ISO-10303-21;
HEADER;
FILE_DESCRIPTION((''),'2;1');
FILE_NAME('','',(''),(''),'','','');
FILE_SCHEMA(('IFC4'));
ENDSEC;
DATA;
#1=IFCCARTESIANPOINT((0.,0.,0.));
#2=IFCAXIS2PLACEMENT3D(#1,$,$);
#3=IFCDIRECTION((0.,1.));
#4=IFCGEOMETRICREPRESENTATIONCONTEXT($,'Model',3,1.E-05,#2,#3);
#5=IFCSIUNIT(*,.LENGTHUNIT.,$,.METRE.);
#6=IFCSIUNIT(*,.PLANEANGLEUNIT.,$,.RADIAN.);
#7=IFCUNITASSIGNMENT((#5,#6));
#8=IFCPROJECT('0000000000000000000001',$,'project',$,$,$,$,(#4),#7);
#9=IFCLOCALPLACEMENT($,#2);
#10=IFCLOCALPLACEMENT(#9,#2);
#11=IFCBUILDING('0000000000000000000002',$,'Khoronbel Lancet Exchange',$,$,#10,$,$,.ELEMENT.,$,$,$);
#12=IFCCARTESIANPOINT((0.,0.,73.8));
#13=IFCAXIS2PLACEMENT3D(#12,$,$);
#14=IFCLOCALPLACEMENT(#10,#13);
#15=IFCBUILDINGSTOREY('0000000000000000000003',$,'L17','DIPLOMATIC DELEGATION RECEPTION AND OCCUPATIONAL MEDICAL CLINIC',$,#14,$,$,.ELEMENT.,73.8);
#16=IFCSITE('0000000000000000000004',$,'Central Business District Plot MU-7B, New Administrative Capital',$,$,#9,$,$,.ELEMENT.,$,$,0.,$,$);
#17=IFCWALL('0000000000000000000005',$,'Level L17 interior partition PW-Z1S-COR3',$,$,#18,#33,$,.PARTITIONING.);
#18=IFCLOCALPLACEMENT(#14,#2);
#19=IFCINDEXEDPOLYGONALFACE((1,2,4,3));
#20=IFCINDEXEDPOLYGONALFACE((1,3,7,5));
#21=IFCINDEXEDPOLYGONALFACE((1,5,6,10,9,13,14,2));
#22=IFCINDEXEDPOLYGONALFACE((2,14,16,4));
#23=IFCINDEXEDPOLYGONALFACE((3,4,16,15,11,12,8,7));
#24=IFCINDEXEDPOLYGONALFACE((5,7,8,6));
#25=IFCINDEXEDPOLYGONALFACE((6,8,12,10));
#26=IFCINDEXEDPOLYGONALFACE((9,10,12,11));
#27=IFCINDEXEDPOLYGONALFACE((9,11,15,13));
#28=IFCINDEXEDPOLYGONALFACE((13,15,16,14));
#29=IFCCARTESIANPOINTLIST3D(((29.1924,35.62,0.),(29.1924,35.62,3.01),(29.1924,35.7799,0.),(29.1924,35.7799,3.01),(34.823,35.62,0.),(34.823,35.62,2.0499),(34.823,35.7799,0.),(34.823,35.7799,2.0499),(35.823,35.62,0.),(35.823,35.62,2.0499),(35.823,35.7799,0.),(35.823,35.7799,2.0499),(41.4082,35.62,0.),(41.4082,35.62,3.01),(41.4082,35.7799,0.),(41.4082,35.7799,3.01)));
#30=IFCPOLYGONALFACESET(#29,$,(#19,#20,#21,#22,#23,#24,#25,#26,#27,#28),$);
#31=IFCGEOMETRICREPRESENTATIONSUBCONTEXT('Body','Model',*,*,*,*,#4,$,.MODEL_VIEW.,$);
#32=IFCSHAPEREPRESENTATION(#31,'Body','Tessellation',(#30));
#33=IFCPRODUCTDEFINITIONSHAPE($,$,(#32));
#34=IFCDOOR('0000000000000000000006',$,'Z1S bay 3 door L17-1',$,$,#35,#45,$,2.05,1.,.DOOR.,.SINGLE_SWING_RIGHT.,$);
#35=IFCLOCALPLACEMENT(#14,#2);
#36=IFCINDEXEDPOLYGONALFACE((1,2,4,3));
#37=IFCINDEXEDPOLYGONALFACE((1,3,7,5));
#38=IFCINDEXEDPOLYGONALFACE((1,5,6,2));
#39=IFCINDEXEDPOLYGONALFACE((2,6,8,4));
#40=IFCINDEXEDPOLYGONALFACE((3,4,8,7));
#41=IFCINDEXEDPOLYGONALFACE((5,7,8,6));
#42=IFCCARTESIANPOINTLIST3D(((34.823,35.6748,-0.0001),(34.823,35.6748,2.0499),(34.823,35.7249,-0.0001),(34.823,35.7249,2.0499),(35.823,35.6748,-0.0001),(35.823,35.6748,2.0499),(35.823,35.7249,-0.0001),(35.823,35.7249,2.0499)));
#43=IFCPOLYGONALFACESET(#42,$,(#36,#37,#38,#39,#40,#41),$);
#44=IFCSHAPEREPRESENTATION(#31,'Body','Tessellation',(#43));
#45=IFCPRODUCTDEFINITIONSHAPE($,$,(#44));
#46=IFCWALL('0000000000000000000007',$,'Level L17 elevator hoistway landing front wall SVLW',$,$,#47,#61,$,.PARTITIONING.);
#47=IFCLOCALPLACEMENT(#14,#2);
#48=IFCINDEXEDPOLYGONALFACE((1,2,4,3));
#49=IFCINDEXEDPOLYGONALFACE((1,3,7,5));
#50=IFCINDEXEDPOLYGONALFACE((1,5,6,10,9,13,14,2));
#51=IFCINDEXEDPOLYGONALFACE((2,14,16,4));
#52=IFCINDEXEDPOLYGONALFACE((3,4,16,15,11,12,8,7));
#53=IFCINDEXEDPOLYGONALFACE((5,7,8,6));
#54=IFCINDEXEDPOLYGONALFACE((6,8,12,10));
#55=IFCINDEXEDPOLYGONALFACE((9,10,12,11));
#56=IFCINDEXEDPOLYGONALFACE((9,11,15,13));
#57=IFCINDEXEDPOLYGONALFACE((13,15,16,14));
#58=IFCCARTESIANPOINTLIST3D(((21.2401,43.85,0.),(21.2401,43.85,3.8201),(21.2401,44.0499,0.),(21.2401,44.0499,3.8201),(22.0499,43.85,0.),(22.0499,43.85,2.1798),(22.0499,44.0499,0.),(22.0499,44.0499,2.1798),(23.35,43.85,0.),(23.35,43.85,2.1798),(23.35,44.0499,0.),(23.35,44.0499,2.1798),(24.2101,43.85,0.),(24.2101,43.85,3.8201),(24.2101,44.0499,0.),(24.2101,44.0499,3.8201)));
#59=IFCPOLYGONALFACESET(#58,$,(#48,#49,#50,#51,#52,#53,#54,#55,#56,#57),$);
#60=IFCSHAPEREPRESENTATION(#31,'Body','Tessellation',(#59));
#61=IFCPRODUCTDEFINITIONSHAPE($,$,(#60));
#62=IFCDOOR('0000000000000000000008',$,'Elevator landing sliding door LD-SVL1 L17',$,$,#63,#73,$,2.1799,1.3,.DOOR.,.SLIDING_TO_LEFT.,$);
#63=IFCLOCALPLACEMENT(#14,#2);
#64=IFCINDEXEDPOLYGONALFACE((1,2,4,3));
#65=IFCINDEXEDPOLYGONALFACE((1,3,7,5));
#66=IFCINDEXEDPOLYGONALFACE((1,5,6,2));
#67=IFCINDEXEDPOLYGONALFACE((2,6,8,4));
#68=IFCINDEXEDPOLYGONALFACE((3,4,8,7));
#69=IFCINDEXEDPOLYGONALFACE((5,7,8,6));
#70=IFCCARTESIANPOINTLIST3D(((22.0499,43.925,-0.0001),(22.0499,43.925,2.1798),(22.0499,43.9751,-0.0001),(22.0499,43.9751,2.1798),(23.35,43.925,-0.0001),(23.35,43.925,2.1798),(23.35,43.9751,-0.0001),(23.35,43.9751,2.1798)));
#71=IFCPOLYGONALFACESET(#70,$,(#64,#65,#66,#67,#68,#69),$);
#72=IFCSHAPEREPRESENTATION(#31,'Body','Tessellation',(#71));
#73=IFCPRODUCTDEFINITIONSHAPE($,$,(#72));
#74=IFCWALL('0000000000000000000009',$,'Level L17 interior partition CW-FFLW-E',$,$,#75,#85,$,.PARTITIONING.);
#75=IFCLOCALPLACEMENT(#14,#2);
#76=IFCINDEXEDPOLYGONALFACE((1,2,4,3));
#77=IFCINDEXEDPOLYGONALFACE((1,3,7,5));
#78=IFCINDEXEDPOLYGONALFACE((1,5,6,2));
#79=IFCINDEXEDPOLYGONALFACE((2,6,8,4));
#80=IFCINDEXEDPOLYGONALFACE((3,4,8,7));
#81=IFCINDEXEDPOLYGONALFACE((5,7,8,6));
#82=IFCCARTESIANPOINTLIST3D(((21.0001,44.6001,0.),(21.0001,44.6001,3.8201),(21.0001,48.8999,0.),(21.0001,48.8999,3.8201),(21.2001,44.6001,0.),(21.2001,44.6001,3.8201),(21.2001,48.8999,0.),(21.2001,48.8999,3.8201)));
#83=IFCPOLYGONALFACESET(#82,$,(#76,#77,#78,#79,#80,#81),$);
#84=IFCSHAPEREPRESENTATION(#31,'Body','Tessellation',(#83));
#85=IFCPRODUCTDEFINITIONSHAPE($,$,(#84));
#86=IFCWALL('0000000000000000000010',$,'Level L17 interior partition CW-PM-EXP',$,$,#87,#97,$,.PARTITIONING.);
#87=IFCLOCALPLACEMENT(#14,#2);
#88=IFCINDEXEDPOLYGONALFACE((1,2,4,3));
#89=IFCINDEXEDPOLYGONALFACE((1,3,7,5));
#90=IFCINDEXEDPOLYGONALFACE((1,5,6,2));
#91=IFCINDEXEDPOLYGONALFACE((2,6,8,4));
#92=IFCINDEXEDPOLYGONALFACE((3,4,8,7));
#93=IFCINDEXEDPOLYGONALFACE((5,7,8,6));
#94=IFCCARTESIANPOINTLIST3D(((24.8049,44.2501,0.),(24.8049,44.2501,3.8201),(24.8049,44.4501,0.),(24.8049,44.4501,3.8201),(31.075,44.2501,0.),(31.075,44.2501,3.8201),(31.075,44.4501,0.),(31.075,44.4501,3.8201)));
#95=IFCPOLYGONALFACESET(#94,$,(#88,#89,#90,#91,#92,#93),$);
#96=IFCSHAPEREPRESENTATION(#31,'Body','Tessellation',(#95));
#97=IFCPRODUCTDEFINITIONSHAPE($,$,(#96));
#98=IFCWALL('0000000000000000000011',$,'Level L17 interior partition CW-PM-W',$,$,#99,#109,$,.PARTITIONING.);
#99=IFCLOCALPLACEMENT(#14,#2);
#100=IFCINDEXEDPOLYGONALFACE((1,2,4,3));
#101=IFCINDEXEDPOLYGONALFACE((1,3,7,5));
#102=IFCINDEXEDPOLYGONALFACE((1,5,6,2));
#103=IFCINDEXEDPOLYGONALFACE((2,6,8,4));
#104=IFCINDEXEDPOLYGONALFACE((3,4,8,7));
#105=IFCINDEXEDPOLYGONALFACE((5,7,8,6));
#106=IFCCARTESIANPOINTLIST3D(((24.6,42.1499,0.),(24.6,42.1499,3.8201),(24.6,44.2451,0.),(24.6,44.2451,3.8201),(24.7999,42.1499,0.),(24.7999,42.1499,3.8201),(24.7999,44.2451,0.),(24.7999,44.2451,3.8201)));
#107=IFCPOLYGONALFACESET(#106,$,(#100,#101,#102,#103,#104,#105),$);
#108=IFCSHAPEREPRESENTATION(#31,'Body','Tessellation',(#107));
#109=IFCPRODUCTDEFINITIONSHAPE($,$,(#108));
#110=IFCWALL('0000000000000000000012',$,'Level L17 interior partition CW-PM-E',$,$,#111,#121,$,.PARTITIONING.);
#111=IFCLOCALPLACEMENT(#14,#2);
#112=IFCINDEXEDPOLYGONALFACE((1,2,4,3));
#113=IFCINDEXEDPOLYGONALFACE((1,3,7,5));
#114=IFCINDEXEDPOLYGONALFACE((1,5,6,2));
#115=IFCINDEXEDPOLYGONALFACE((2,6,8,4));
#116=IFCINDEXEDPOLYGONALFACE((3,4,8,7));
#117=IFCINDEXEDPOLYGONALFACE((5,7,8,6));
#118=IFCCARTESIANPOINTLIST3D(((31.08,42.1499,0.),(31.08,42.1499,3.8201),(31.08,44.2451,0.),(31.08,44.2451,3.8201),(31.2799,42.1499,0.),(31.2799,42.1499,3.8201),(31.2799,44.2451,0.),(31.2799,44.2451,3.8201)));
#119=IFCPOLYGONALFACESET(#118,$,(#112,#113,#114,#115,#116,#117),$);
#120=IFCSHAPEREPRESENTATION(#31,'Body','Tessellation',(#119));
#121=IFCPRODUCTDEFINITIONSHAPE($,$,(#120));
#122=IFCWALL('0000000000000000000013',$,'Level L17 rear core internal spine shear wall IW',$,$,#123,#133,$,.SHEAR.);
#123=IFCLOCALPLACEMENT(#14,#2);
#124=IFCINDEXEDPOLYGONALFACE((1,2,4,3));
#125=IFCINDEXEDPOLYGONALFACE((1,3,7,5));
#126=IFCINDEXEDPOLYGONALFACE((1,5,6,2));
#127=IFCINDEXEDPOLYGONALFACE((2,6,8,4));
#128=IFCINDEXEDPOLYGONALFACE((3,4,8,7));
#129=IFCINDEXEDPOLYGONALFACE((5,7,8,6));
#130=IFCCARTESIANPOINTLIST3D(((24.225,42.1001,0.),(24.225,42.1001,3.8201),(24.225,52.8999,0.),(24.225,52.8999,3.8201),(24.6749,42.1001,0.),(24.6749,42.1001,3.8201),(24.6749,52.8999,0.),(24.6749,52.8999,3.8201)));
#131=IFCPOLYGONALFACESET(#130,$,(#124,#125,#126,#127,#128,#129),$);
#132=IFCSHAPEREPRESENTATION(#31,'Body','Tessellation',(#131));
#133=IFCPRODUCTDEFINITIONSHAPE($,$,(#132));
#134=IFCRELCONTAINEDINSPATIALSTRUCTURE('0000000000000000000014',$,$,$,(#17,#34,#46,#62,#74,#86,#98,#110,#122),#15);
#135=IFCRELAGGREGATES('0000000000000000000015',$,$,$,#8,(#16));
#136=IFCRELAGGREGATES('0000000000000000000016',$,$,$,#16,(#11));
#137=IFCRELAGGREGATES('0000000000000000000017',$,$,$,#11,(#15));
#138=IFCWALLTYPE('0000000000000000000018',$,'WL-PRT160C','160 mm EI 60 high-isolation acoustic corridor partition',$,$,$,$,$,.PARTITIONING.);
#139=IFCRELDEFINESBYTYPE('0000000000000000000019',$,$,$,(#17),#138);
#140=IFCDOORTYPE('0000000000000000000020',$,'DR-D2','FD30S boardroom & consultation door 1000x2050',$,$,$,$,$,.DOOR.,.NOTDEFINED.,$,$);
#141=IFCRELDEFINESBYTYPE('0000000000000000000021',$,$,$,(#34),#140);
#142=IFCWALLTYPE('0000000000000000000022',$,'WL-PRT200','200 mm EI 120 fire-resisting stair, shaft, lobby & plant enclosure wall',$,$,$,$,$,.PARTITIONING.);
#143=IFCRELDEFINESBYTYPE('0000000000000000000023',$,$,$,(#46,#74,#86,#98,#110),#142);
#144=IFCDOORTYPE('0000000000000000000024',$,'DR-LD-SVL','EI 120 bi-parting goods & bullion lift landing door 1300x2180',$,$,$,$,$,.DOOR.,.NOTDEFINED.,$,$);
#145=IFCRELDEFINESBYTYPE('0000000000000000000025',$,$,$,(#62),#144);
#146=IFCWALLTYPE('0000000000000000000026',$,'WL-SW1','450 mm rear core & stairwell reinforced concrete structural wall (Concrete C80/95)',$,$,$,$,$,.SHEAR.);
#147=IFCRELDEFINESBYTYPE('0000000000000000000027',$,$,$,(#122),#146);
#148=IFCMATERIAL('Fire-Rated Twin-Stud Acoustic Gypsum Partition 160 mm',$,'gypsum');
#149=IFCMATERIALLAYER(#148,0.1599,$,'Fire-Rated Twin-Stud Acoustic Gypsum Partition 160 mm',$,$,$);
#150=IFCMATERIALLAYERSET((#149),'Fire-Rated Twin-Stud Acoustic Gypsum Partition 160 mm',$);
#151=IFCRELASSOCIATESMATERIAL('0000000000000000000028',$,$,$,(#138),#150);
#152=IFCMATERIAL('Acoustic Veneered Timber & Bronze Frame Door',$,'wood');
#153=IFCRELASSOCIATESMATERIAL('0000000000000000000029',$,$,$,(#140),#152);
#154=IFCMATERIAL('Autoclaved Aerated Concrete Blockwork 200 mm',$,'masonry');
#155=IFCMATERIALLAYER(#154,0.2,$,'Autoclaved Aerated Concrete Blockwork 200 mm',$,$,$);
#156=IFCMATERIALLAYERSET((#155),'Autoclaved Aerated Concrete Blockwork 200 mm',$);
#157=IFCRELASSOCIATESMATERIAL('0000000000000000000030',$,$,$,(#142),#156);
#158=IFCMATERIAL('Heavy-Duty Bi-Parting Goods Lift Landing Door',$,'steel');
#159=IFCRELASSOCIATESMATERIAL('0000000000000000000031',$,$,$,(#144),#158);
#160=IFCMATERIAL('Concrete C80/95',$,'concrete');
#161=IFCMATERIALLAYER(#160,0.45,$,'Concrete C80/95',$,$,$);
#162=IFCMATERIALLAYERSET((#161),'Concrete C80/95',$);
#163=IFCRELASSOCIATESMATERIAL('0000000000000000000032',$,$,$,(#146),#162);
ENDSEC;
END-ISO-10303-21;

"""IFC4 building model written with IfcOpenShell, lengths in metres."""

from ifc_helpers import new_model, si_unit, direction, frame, frame_2d, origin, place, context, subcontext, project, spatial, rectangle, extrude, material, layer, layer_set, type_object, element, fill, save


model = new_model("IFC4")

# Units and contexts
model_context = context("Model", 3, precision=1e-05, world=origin(), true_north=direction((0.0, 1.0)))
body_context = subcontext(model_context, "Body", "Model", "MODEL_VIEW")
ifc_project = project(units=[si_unit("LENGTHUNIT", "METRE"), si_unit("PLANEANGLEUNIT", "RADIAN")], contexts=[model_context])

# Site, building, storey
site_placement = place(None, origin())
site = spatial("IfcSite", under=ifc_project, at=site_placement, Name="Central Business District Plot MU-7B, New Administrative Capital", CompositionType="ELEMENT", RefElevation=0.0)
building_placement = place(site_placement, origin())
building = spatial("IfcBuilding", under=site, at=building_placement, Name="Khoronbel Lancet Exchange", CompositionType="ELEMENT")
storey_placement = place(building_placement, frame((0.0, 0.0, 73.8)))
storey = spatial("IfcBuildingStorey", under=building, at=storey_placement, Name="L17", Description="DIPLOMATIC DELEGATION RECEPTION AND OCCUPATIONAL MEDICAL CLINIC", CompositionType="ELEMENT", Elevation=73.8)

# Shared definitions
ifc_material_1 = material(Name="Concrete C80/95", Category="concrete")

# Walls, openings, doors
ifc_material_2 = material(Name="Fire-Rated Twin-Stud Acoustic Gypsum Partition 160 mm", Category="gypsum")
ifc_layer_1 = layer(ifc_material_2, 0.1599, Name="Fire-Rated Twin-Stud Acoustic Gypsum Partition 160 mm")
ifc_layer_set_1 = layer_set([ifc_layer_1], Name="Fire-Rated Twin-Stud Acoustic Gypsum Partition 160 mm")
wall_type_1 = type_object("IfcWallType", Name="WL-PRT160C", Description="160 mm EI 60 high-isolation acoustic corridor partition", PredefinedType="PARTITIONING", material=ifc_layer_set_1)
wall_1_placement = place(storey_placement, frame((29.1924, 35.7, 0.0), z_axis=(0.0, 0.0, 1.0), x_axis=(1.0, 0.0, 0.0)))
wall_1 = element("IfcWall", 1, at=wall_1_placement, inside=storey, type_object=wall_type_1, Name="Level L17 interior partition PW-Z1S-COR3", PredefinedType="PARTITIONING", context=body_context, shape_type="SweptSolid", body=[
    extrude(rectangle(XDim=12.2158, YDim=0.1599, at=frame_2d((6.1079, 0.0))), origin(), (0.0, 0.0, 1.0), 3.01),
])
opening_1_placement = place(wall_1_placement, frame((5.6306, 0.0, 0.0)))
opening_1 = element("IfcOpeningElement", 2, at=opening_1_placement, cuts=wall_1, PredefinedType="OPENING", context=body_context, shape_type="SweptSolid", body=[
    extrude(rectangle(XDim=1.0, YDim=2.05, at=frame_2d((0.5, 1.0249))), frame((0.0, 0.0898, 0.0), z_axis=(0.0, -1.0, 0.0), x_axis=(1.0, 0.0, 0.0)), (0.0, 0.0, 1.0), 0.1799),
])
ifc_material_3 = material(Name="Acoustic Veneered Timber & Bronze Frame Door", Category="wood")
door_type_1 = type_object("IfcDoorType", Name="DR-D2", Description="FD30S boardroom & consultation door 1000x2050", OperationType="NOTDEFINED", PredefinedType="DOOR", material=ifc_material_3)
door_1_placement = place(opening_1_placement, origin())
door_1 = element("IfcDoor", 3, at=door_1_placement, inside=storey, type_object=door_type_1, Name="Z1S bay 3 door L17-1", OperationType="SINGLE_SWING_RIGHT", OverallHeight=2.05, OverallWidth=1.0, PredefinedType="DOOR", context=body_context, shape_type="SweptSolid", body=[
    extrude(rectangle(XDim=1.0, YDim=2.05, at=frame_2d((0.5, 1.0249))), frame((0.0, 0.0249, 0.0), z_axis=(0.0, -1.0, 0.0), x_axis=(1.0, 0.0, 0.0)), (0.0, 0.0, 1.0), 0.05),
])
fill(opening_1, door_1)
ifc_material_4 = material(Name="Autoclaved Aerated Concrete Blockwork 200 mm", Category="masonry")
ifc_layer_2 = layer(ifc_material_4, 0.2, Name="Autoclaved Aerated Concrete Blockwork 200 mm")
ifc_layer_set_2 = layer_set([ifc_layer_2], Name="Autoclaved Aerated Concrete Blockwork 200 mm")
wall_type_2 = type_object("IfcWallType", Name="WL-PRT200", Description="200 mm EI 120 fire-resisting stair, shaft, lobby & plant enclosure wall", PredefinedType="PARTITIONING", material=ifc_layer_set_2)
wall_2_placement = place(storey_placement, frame((24.21, 43.95, 0.0), z_axis=(0.0, 0.0, 1.0), x_axis=(-1.0, 0.0, 0.0)))
wall_2 = element("IfcWall", 4, at=wall_2_placement, inside=storey, type_object=wall_type_2, Name="Level L17 elevator hoistway landing front wall SVLW", PredefinedType="PARTITIONING", context=body_context, shape_type="SweptSolid", body=[
    extrude(rectangle(XDim=2.97, YDim=0.2, at=frame_2d((1.4849, 0.0))), origin(), (0.0, 0.0, 1.0), 3.8201),
])
opening_2_placement = place(wall_2_placement, frame((0.8601, 0.0, 0.0)))
opening_2 = element("IfcOpeningElement", 5, at=opening_2_placement, cuts=wall_2, PredefinedType="OPENING", context=body_context, shape_type="SweptSolid", body=[
    extrude(rectangle(XDim=1.3, YDim=2.1799, at=frame_2d((0.6499, 1.0898))), frame((0.0, 0.1099, 0.0), z_axis=(0.0, -1.0, 0.0), x_axis=(1.0, 0.0, 0.0)), (0.0, 0.0, 1.0), 0.22),
])
ifc_material_5 = material(Name="Heavy-Duty Bi-Parting Goods Lift Landing Door", Category="steel")
door_type_2 = type_object("IfcDoorType", Name="DR-LD-SVL", Description="EI 120 bi-parting goods & bullion lift landing door 1300x2180", OperationType="NOTDEFINED", PredefinedType="DOOR", material=ifc_material_5)
door_2_placement = place(opening_2_placement, origin())
door_2 = element("IfcDoor", 6, at=door_2_placement, inside=storey, type_object=door_type_2, Name="Elevator landing sliding door LD-SVL1 L17", OperationType="SLIDING_TO_LEFT", OverallHeight=2.1799, OverallWidth=1.3, PredefinedType="DOOR", context=body_context, shape_type="SweptSolid", body=[
    extrude(rectangle(XDim=1.3, YDim=2.1799, at=frame_2d((0.6499, 1.0898))), frame((0.0, 0.0249, 0.0), z_axis=(0.0, -1.0, 0.0), x_axis=(1.0, 0.0, 0.0)), (0.0, 0.0, 1.0), 0.05),
])
fill(opening_2, door_2)

# Wall
wall_3_placement = place(storey_placement, frame((21.1001, 44.6001, 0.0), z_axis=(0.0, 0.0, 1.0), x_axis=(0.0, 1.0, 0.0)))
element("IfcWall", 7, at=wall_3_placement, inside=storey, type_object=wall_type_2, Name="Level L17 interior partition CW-FFLW-E", PredefinedType="PARTITIONING", context=body_context, shape_type="SweptSolid", body=[
    extrude(rectangle(XDim=4.2998, YDim=0.2, at=frame_2d((2.1499, 0.0))), origin(), (0.0, 0.0, 1.0), 3.8201),
])

# Walls
wall_4_placement = place(storey_placement, frame((24.8049, 44.3501, 0.0), z_axis=(0.0, 0.0, 1.0), x_axis=(1.0, 0.0, 0.0)))
element("IfcWall", 8, at=wall_4_placement, inside=storey, type_object=wall_type_2, Name="Level L17 interior partition CW-PM-EXP", PredefinedType="PARTITIONING", context=body_context, shape_type="SweptSolid", body=[
    extrude(rectangle(XDim=6.27, YDim=0.2, at=frame_2d((3.135, 0.0))), origin(), (0.0, 0.0, 1.0), 3.8201),
])
for number, where, z_axis, x_axis, name in (
    (9, (24.7, 42.1499, 0.0), (0.0, 0.0, 1.0), (0.0, 1.0, 0.0), "Level L17 interior partition CW-PM-W"),
    (10, (31.1799, 42.1499, 0.0), (0.0, 0.0, 1.0), (0.0, 1.0, 0.0), "Level L17 interior partition CW-PM-E"),
):
    element("IfcWall", number, at=place(storey_placement, frame(where, z_axis=z_axis, x_axis=x_axis)), inside=storey, type_object=wall_type_2, Name=name, PredefinedType="PARTITIONING", context=body_context, shape_type="SweptSolid", body=[
        extrude(rectangle(XDim=2.0952, YDim=0.2, at=frame_2d((1.0476, 0.0))), origin(), (0.0, 0.0, 1.0), 3.8201),
    ])
ifc_layer_3 = layer(ifc_material_1, 0.45, Name="Concrete C80/95")
ifc_layer_set_3 = layer_set([ifc_layer_3], Name="Concrete C80/95")
wall_type_3 = type_object("IfcWallType", Name="WL-SW1", Description="450 mm rear core & stairwell reinforced concrete structural wall (Concrete C80/95)", PredefinedType="SHEAR", material=ifc_layer_set_3)
wall_5_placement = place(storey_placement, frame((24.45, 42.1001, 0.0), z_axis=(0.0, 0.0, 1.0), x_axis=(0.0, 1.0, 0.0)))
element("IfcWall", 11, at=wall_5_placement, inside=storey, type_object=wall_type_3, Name="Level L17 rear core internal spine shear wall IW", PredefinedType="SHEAR", context=body_context, shape_type="SweptSolid", body=[
    extrude(rectangle(XDim=10.7998, YDim=0.45, at=frame_2d((5.3999, 0.0))), origin(), (0.0, 0.0, 1.0), 3.8201),
])

save(model, "model.ifc")
